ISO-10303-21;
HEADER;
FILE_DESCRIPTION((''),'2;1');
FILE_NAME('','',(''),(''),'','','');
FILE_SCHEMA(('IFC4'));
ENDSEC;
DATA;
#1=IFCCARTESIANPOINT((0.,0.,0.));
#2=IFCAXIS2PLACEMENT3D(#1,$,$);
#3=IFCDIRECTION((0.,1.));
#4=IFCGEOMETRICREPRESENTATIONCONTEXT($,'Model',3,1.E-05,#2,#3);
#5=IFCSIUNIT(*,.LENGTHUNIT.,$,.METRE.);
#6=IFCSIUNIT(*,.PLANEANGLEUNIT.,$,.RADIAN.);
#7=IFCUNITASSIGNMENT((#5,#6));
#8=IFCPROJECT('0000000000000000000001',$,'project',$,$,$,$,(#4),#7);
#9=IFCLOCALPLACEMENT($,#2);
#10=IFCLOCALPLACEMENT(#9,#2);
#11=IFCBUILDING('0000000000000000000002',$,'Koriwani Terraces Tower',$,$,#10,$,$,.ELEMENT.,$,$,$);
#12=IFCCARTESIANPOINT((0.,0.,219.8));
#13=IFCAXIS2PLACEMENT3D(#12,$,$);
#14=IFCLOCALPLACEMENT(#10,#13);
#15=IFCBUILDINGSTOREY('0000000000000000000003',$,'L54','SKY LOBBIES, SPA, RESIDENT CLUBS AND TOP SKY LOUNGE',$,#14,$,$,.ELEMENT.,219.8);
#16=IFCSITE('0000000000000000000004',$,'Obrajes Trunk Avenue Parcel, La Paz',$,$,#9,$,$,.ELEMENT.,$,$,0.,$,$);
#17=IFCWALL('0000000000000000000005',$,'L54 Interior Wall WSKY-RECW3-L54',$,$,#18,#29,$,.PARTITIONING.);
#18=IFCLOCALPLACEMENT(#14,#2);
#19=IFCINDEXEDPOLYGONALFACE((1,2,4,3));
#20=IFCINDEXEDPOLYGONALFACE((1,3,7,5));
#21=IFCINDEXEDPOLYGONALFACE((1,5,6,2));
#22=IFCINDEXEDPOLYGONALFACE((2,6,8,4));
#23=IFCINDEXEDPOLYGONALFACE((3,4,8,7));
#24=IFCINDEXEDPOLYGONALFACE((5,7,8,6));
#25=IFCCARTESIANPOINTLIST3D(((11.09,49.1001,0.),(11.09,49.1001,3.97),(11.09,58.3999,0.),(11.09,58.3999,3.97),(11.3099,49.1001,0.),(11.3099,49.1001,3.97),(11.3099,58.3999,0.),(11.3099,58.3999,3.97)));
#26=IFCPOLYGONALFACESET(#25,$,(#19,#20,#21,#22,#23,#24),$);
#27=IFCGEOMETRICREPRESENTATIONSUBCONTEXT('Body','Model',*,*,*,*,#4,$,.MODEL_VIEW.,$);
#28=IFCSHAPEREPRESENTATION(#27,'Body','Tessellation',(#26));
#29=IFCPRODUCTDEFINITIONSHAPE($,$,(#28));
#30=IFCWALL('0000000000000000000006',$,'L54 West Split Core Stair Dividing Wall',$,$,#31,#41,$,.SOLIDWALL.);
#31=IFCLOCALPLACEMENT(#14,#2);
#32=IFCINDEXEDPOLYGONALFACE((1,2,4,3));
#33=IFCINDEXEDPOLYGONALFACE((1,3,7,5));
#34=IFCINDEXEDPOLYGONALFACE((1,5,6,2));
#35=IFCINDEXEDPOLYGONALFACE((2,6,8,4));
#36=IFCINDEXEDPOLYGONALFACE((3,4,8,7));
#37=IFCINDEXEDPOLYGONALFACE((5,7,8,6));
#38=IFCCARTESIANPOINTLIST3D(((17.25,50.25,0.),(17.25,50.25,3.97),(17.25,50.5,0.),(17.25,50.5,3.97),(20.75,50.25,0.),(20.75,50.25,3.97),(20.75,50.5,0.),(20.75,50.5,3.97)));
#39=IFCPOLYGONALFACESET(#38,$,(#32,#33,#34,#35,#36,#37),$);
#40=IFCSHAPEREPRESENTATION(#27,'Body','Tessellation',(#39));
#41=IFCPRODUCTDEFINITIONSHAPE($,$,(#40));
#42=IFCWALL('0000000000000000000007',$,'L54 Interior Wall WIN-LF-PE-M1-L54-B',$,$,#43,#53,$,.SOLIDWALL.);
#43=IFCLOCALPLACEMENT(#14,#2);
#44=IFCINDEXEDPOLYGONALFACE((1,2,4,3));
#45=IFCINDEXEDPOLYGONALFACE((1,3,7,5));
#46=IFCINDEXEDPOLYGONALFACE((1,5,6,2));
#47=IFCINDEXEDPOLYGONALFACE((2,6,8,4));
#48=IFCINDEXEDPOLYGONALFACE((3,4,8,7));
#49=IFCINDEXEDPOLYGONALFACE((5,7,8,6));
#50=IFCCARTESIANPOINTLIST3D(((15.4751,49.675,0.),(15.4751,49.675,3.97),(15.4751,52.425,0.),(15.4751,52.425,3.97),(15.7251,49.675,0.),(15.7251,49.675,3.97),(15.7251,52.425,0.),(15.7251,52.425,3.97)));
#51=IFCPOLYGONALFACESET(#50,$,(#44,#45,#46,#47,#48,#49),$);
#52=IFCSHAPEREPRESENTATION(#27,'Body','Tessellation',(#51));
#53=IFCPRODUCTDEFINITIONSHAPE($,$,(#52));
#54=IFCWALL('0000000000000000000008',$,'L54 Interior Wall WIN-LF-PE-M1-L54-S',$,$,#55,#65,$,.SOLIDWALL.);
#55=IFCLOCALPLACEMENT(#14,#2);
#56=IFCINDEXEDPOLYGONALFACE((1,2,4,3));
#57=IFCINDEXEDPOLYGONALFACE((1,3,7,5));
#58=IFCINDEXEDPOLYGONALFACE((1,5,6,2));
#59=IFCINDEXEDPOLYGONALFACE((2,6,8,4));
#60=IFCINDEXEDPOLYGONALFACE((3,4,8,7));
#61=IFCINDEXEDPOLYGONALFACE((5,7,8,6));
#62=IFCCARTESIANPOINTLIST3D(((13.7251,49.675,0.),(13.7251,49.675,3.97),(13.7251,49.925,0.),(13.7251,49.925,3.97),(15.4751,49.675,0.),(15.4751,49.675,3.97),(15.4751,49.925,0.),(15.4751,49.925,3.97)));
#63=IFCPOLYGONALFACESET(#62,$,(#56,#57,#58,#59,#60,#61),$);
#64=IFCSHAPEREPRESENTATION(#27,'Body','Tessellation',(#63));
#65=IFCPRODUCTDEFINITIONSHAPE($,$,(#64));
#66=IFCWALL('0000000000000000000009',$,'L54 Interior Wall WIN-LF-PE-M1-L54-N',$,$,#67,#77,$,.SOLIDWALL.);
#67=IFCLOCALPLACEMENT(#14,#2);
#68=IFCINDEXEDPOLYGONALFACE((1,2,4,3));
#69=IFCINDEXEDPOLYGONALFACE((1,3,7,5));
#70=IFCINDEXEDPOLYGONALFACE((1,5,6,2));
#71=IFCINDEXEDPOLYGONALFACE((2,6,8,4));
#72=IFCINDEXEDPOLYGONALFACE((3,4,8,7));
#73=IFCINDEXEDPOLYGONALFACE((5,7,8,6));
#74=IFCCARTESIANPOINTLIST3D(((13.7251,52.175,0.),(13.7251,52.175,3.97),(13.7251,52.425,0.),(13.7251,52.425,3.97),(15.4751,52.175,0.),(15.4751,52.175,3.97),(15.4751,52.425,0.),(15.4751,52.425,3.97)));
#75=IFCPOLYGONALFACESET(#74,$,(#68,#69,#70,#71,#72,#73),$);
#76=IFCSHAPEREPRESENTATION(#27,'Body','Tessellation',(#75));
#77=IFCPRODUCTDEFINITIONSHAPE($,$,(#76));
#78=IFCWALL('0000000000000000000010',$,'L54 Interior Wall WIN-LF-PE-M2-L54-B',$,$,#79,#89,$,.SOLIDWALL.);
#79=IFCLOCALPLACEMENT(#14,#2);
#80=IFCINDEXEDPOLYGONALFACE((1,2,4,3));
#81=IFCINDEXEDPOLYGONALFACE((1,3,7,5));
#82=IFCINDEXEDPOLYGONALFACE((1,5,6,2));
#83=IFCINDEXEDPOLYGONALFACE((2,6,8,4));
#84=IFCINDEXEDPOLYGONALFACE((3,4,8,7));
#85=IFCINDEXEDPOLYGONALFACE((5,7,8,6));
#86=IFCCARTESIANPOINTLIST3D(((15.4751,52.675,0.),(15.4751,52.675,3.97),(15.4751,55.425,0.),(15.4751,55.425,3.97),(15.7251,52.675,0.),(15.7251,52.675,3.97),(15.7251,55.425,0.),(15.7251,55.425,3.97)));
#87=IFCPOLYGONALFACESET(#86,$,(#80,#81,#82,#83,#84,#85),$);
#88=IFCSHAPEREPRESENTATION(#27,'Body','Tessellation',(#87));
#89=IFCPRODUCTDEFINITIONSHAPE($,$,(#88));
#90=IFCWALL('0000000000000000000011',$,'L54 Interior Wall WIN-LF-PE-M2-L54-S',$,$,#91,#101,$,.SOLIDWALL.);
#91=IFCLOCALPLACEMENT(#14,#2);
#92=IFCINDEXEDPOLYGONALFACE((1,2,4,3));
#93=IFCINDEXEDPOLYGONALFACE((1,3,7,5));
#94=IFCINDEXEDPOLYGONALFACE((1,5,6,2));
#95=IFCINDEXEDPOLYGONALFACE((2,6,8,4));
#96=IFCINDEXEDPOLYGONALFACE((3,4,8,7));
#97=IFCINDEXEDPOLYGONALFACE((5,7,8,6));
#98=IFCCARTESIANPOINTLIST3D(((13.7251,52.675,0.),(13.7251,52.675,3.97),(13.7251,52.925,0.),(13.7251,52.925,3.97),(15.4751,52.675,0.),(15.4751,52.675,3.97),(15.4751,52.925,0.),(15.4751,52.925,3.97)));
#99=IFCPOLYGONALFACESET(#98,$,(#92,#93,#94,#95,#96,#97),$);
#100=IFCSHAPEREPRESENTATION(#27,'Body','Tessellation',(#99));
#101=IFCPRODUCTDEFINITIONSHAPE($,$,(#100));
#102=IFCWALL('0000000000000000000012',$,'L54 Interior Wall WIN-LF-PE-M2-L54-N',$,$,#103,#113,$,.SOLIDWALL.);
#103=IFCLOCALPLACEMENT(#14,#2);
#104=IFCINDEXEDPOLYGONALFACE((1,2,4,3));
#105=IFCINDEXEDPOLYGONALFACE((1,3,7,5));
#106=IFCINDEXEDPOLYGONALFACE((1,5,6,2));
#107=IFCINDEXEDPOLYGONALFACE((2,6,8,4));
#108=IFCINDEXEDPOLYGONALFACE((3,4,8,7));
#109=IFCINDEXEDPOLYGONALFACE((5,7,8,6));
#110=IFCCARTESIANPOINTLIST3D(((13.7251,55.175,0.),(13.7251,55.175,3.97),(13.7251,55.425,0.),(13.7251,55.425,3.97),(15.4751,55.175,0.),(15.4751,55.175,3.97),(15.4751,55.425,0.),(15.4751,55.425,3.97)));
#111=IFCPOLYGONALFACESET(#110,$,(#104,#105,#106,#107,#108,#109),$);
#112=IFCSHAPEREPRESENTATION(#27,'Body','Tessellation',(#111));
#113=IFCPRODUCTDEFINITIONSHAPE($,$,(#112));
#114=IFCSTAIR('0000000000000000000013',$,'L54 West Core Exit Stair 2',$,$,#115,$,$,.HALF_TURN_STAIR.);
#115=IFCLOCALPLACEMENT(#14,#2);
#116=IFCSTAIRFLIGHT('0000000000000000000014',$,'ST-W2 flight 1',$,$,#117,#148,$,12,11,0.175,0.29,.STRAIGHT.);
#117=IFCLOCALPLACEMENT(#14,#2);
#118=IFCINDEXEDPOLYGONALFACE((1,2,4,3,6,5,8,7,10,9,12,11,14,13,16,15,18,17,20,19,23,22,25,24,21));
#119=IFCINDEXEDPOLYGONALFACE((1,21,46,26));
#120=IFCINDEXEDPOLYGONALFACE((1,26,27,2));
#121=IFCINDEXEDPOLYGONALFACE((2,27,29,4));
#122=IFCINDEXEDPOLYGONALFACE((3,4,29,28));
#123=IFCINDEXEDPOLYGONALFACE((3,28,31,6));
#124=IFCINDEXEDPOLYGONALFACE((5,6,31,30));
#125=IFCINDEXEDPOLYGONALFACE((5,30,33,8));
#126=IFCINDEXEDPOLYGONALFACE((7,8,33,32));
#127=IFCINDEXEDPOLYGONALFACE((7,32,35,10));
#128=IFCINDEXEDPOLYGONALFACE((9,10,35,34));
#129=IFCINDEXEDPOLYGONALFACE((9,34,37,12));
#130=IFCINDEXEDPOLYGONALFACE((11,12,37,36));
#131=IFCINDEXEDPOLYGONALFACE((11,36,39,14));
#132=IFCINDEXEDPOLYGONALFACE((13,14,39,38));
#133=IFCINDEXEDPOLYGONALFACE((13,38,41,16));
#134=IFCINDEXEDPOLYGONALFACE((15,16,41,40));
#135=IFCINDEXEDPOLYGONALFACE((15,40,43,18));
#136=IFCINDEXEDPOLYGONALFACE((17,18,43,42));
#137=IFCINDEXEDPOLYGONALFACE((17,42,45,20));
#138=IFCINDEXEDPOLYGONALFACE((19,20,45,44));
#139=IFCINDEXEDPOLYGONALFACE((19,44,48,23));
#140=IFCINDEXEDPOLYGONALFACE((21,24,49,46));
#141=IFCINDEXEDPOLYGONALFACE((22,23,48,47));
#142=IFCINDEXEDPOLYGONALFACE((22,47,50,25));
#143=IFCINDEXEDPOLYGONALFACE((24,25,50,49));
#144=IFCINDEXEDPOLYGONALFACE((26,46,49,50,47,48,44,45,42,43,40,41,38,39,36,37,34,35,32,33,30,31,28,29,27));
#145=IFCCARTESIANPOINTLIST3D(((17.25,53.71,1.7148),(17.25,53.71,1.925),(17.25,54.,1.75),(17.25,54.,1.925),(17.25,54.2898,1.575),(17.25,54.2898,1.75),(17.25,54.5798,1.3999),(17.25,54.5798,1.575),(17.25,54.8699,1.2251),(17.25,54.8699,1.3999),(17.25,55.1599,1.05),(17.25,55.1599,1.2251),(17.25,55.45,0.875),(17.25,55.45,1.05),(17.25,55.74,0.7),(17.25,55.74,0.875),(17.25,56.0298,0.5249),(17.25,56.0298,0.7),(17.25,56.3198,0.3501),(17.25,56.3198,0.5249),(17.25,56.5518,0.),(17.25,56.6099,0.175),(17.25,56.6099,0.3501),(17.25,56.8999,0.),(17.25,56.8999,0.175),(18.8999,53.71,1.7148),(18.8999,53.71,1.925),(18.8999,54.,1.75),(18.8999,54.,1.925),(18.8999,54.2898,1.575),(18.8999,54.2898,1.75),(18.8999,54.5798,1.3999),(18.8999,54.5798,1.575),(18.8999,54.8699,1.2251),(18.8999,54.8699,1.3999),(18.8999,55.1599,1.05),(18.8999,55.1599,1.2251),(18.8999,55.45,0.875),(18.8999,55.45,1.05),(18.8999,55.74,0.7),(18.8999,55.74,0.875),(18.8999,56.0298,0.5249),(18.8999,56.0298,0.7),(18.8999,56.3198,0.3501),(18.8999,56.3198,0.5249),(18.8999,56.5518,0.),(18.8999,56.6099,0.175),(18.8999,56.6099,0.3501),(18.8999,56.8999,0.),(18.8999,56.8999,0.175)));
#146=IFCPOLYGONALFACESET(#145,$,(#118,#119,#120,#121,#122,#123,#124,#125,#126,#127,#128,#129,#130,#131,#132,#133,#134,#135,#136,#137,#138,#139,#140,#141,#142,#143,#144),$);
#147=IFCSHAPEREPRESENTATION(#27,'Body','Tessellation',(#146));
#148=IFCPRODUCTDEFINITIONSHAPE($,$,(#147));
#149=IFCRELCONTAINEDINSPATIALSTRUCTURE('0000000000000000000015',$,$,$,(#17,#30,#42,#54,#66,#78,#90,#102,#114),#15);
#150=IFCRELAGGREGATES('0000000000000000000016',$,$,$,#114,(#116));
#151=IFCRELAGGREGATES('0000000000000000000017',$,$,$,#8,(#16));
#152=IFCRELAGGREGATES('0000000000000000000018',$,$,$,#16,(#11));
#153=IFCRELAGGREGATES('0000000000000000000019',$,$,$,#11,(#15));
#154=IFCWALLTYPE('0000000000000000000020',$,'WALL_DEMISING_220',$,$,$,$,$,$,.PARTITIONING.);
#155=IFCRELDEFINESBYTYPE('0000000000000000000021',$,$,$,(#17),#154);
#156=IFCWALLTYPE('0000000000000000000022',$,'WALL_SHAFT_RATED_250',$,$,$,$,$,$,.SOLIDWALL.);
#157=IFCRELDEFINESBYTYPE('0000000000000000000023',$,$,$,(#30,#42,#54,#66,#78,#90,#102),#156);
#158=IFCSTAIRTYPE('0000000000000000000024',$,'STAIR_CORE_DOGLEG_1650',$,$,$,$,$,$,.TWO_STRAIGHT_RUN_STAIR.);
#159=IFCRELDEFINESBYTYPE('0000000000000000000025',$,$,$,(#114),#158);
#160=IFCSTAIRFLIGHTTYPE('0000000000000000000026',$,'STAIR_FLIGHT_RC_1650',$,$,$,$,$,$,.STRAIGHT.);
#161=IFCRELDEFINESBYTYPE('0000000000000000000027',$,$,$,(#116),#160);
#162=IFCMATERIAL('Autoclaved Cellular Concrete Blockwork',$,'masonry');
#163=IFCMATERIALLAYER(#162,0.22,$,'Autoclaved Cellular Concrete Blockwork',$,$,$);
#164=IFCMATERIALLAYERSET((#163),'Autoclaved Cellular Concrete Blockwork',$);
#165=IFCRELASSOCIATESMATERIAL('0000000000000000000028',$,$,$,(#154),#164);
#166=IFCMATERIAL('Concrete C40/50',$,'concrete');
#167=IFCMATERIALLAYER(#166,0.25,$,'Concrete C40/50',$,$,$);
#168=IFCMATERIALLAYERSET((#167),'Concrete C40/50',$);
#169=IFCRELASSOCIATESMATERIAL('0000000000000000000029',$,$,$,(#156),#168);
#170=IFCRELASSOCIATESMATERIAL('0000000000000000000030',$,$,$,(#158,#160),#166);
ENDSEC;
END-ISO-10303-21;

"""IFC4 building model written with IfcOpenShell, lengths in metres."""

from ifc_helpers import new_model, si_unit, direction, frame, frame_2d, origin, place, context, subcontext, project, spatial, polyline, rectangle, outline, extrude, material, layer, layer_set, type_object, element, aggregate, save


model = new_model("IFC4")

# Units and contexts
model_context = context("Model", 3, precision=1e-05, world=origin(), true_north=direction((0.0, 1.0)))
body_context = subcontext(model_context, "Body", "Model", "MODEL_VIEW")
ifc_project = project(units=[si_unit("LENGTHUNIT", "METRE"), si_unit("PLANEANGLEUNIT", "RADIAN")], contexts=[model_context])

# Site, building, storey
site_placement = place(None, origin())
site = spatial("IfcSite", under=ifc_project, at=site_placement, Name="Obrajes Trunk Avenue Parcel, La Paz", CompositionType="ELEMENT", RefElevation=0.0)
building_placement = place(site_placement, origin())
building = spatial("IfcBuilding", under=site, at=building_placement, Name="Koriwani Terraces Tower", CompositionType="ELEMENT")
storey_placement = place(building_placement, frame((0.0, 0.0, 219.8)))
storey = spatial("IfcBuildingStorey", under=building, at=storey_placement, Name="L54", Description="SKY LOBBIES, SPA, RESIDENT CLUBS AND TOP SKY LOUNGE", CompositionType="ELEMENT", Elevation=219.8)

# Shared definitions
ifc_material_1 = material(Name="Concrete C40/50", Category="concrete")

# Walls
ifc_material_2 = material(Name="Autoclaved Cellular Concrete Blockwork", Category="masonry")
ifc_layer_1 = layer(ifc_material_2, 0.22, Name="Autoclaved Cellular Concrete Blockwork")
ifc_layer_set_1 = layer_set([ifc_layer_1], Name="Autoclaved Cellular Concrete Blockwork")
wall_type_1 = type_object("IfcWallType", Name="WALL_DEMISING_220", PredefinedType="PARTITIONING", material=ifc_layer_set_1)
wall_1_placement = place(storey_placement, frame((11.2, 49.1001, 0.0), z_axis=(0.0, 0.0, 1.0), x_axis=(0.0, 1.0, 0.0)))
element("IfcWall", 1, at=wall_1_placement, inside=storey, type_object=wall_type_1, Name="L54 Interior Wall WSKY-RECW3-L54", PredefinedType="PARTITIONING", context=body_context, shape_type="SweptSolid", body=[
    extrude(rectangle(XDim=9.2998, YDim=0.22, at=frame_2d((4.6499, 0.0))), origin(), (0.0, 0.0, 1.0), 3.97),
])
ifc_layer_2 = layer(ifc_material_1, 0.25, Name="Concrete C40/50")
ifc_layer_set_2 = layer_set([ifc_layer_2], Name="Concrete C40/50")
wall_type_2 = type_object("IfcWallType", Name="WALL_SHAFT_RATED_250", PredefinedType="SOLIDWALL", material=ifc_layer_set_2)
wall_2_placement = place(storey_placement, frame((17.25, 50.375, 0.0), z_axis=(0.0, 0.0, 1.0), x_axis=(1.0, 0.0, 0.0)))
element("IfcWall", 2, at=wall_2_placement, inside=storey, type_object=wall_type_2, Name="L54 West Split Core Stair Dividing Wall", PredefinedType="SOLIDWALL", context=body_context, shape_type="SweptSolid", body=[
    extrude(rectangle(XDim=3.5, YDim=0.25, at=frame_2d((1.75, 0.0))), origin(), (0.0, 0.0, 1.0), 3.97),
])

# Walls
wall_3_placement = place(storey_placement, frame((15.6001, 49.675, 0.0), z_axis=(0.0, 0.0, 1.0), x_axis=(0.0, 1.0, 0.0)))
element("IfcWall", 3, at=wall_3_placement, inside=storey, type_object=wall_type_2, Name="L54 Interior Wall WIN-LF-PE-M1-L54-B", PredefinedType="SOLIDWALL", context=body_context, shape_type="SweptSolid", body=[
    extrude(rectangle(XDim=2.75, YDim=0.25, at=frame_2d((1.375, 0.0))), origin(), (0.0, 0.0, 1.0), 3.97),
])
for number, where, z_axis, x_axis, name in (
    (4, (13.7251, 49.8, 0.0), (0.0, 0.0, 1.0), (1.0, 0.0, 0.0), "L54 Interior Wall WIN-LF-PE-M1-L54-S"),
    (5, (13.7251, 52.3, 0.0), (0.0, 0.0, 1.0), (1.0, 0.0, 0.0), "L54 Interior Wall WIN-LF-PE-M1-L54-N"),
):
    element("IfcWall", number, at=place(storey_placement, frame(where, z_axis=z_axis, x_axis=x_axis)), inside=storey, type_object=wall_type_2, Name=name, PredefinedType="SOLIDWALL", context=body_context, shape_type="SweptSolid", body=[
        extrude(rectangle(XDim=1.75, YDim=0.25, at=frame_2d((0.875, 0.0))), origin(), (0.0, 0.0, 1.0), 3.97),
    ])

# Walls
wall_4_placement = place(storey_placement, frame((15.6001, 52.675, 0.0), z_axis=(0.0, 0.0, 1.0), x_axis=(0.0, 1.0, 0.0)))
element("IfcWall", 6, at=wall_4_placement, inside=storey, type_object=wall_type_2, Name="L54 Interior Wall WIN-LF-PE-M2-L54-B", PredefinedType="SOLIDWALL", context=body_context, shape_type="SweptSolid", body=[
    extrude(rectangle(XDim=2.75, YDim=0.25, at=frame_2d((1.375, 0.0))), origin(), (0.0, 0.0, 1.0), 3.97),
])
for number, where, z_axis, x_axis, name in (
    (7, (13.7251, 52.8, 0.0), (0.0, 0.0, 1.0), (1.0, 0.0, 0.0), "L54 Interior Wall WIN-LF-PE-M2-L54-S"),
    (8, (13.7251, 55.3, 0.0), (0.0, 0.0, 1.0), (1.0, 0.0, 0.0), "L54 Interior Wall WIN-LF-PE-M2-L54-N"),
):
    element("IfcWall", number, at=place(storey_placement, frame(where, z_axis=z_axis, x_axis=x_axis)), inside=storey, type_object=wall_type_2, Name=name, PredefinedType="SOLIDWALL", context=body_context, shape_type="SweptSolid", body=[
        extrude(rectangle(XDim=1.75, YDim=0.25, at=frame_2d((0.875, 0.0))), origin(), (0.0, 0.0, 1.0), 3.97),
    ])

# Stair, stair flight
stair_type = type_object("IfcStairType", Name="STAIR_CORE_DOGLEG_1650", PredefinedType="TWO_STRAIGHT_RUN_STAIR", material=ifc_material_1)
stair_placement = place(storey_placement, origin())
stair = element("IfcStair", 9, at=stair_placement, inside=storey, type_object=stair_type, Name="L54 West Core Exit Stair 2", PredefinedType="HALF_TURN_STAIR")
stair_flight_type = type_object("IfcStairFlightType", Name="STAIR_FLIGHT_RC_1650", PredefinedType="STRAIGHT", material=ifc_material_1)
stair_flight_placement = place(storey_placement, frame((18.075, 56.8999, 0.0), z_axis=(0.0, 0.0, 1.0), x_axis=(0.0, -1.0, 0.0)))
stair_flight = element("IfcStairFlight", 10, at=stair_flight_placement, type_object=stair_flight_type, Name="ST-W2 flight 1", NumberOfRisers=12, NumberOfTreads=11, PredefinedType="STRAIGHT", RiserHeight=0.175, TreadLength=0.29, context=body_context, shape_type="SweptSolid", body=[
    extrude(outline(polyline([(0.0, 0.0), (0.0, 0.175), (0.29, 0.175), (0.29, 0.3501), (0.5801, 0.3501), (0.5801, 0.5249), (0.8701, 0.5249), (0.8701, 0.7), (1.1599, 0.7), (1.1599, 0.875), (1.45, 0.875), (1.45, 1.05), (1.74, 1.05), (1.74, 1.2251), (2.03, 1.2251), (2.03, 1.3999), (2.3201, 1.3999), (2.3201, 1.575), (2.6101, 1.575), (2.6101, 1.75), (2.8999, 1.75), (2.8999, 1.925), (3.1899, 1.925), (3.1899, 2.1001), (3.1899, 1.7148), (0.3481, 0.0), (0.0, 0.0)])), frame((0.0, 0.825, 0.0), z_axis=(0.0, -1.0, 0.0), x_axis=(1.0, 0.0, 0.0)), (0.0, 0.0, 1.0), 1.6499),
])
aggregate(stair, [stair_flight])

save(model, "model.ifc")
